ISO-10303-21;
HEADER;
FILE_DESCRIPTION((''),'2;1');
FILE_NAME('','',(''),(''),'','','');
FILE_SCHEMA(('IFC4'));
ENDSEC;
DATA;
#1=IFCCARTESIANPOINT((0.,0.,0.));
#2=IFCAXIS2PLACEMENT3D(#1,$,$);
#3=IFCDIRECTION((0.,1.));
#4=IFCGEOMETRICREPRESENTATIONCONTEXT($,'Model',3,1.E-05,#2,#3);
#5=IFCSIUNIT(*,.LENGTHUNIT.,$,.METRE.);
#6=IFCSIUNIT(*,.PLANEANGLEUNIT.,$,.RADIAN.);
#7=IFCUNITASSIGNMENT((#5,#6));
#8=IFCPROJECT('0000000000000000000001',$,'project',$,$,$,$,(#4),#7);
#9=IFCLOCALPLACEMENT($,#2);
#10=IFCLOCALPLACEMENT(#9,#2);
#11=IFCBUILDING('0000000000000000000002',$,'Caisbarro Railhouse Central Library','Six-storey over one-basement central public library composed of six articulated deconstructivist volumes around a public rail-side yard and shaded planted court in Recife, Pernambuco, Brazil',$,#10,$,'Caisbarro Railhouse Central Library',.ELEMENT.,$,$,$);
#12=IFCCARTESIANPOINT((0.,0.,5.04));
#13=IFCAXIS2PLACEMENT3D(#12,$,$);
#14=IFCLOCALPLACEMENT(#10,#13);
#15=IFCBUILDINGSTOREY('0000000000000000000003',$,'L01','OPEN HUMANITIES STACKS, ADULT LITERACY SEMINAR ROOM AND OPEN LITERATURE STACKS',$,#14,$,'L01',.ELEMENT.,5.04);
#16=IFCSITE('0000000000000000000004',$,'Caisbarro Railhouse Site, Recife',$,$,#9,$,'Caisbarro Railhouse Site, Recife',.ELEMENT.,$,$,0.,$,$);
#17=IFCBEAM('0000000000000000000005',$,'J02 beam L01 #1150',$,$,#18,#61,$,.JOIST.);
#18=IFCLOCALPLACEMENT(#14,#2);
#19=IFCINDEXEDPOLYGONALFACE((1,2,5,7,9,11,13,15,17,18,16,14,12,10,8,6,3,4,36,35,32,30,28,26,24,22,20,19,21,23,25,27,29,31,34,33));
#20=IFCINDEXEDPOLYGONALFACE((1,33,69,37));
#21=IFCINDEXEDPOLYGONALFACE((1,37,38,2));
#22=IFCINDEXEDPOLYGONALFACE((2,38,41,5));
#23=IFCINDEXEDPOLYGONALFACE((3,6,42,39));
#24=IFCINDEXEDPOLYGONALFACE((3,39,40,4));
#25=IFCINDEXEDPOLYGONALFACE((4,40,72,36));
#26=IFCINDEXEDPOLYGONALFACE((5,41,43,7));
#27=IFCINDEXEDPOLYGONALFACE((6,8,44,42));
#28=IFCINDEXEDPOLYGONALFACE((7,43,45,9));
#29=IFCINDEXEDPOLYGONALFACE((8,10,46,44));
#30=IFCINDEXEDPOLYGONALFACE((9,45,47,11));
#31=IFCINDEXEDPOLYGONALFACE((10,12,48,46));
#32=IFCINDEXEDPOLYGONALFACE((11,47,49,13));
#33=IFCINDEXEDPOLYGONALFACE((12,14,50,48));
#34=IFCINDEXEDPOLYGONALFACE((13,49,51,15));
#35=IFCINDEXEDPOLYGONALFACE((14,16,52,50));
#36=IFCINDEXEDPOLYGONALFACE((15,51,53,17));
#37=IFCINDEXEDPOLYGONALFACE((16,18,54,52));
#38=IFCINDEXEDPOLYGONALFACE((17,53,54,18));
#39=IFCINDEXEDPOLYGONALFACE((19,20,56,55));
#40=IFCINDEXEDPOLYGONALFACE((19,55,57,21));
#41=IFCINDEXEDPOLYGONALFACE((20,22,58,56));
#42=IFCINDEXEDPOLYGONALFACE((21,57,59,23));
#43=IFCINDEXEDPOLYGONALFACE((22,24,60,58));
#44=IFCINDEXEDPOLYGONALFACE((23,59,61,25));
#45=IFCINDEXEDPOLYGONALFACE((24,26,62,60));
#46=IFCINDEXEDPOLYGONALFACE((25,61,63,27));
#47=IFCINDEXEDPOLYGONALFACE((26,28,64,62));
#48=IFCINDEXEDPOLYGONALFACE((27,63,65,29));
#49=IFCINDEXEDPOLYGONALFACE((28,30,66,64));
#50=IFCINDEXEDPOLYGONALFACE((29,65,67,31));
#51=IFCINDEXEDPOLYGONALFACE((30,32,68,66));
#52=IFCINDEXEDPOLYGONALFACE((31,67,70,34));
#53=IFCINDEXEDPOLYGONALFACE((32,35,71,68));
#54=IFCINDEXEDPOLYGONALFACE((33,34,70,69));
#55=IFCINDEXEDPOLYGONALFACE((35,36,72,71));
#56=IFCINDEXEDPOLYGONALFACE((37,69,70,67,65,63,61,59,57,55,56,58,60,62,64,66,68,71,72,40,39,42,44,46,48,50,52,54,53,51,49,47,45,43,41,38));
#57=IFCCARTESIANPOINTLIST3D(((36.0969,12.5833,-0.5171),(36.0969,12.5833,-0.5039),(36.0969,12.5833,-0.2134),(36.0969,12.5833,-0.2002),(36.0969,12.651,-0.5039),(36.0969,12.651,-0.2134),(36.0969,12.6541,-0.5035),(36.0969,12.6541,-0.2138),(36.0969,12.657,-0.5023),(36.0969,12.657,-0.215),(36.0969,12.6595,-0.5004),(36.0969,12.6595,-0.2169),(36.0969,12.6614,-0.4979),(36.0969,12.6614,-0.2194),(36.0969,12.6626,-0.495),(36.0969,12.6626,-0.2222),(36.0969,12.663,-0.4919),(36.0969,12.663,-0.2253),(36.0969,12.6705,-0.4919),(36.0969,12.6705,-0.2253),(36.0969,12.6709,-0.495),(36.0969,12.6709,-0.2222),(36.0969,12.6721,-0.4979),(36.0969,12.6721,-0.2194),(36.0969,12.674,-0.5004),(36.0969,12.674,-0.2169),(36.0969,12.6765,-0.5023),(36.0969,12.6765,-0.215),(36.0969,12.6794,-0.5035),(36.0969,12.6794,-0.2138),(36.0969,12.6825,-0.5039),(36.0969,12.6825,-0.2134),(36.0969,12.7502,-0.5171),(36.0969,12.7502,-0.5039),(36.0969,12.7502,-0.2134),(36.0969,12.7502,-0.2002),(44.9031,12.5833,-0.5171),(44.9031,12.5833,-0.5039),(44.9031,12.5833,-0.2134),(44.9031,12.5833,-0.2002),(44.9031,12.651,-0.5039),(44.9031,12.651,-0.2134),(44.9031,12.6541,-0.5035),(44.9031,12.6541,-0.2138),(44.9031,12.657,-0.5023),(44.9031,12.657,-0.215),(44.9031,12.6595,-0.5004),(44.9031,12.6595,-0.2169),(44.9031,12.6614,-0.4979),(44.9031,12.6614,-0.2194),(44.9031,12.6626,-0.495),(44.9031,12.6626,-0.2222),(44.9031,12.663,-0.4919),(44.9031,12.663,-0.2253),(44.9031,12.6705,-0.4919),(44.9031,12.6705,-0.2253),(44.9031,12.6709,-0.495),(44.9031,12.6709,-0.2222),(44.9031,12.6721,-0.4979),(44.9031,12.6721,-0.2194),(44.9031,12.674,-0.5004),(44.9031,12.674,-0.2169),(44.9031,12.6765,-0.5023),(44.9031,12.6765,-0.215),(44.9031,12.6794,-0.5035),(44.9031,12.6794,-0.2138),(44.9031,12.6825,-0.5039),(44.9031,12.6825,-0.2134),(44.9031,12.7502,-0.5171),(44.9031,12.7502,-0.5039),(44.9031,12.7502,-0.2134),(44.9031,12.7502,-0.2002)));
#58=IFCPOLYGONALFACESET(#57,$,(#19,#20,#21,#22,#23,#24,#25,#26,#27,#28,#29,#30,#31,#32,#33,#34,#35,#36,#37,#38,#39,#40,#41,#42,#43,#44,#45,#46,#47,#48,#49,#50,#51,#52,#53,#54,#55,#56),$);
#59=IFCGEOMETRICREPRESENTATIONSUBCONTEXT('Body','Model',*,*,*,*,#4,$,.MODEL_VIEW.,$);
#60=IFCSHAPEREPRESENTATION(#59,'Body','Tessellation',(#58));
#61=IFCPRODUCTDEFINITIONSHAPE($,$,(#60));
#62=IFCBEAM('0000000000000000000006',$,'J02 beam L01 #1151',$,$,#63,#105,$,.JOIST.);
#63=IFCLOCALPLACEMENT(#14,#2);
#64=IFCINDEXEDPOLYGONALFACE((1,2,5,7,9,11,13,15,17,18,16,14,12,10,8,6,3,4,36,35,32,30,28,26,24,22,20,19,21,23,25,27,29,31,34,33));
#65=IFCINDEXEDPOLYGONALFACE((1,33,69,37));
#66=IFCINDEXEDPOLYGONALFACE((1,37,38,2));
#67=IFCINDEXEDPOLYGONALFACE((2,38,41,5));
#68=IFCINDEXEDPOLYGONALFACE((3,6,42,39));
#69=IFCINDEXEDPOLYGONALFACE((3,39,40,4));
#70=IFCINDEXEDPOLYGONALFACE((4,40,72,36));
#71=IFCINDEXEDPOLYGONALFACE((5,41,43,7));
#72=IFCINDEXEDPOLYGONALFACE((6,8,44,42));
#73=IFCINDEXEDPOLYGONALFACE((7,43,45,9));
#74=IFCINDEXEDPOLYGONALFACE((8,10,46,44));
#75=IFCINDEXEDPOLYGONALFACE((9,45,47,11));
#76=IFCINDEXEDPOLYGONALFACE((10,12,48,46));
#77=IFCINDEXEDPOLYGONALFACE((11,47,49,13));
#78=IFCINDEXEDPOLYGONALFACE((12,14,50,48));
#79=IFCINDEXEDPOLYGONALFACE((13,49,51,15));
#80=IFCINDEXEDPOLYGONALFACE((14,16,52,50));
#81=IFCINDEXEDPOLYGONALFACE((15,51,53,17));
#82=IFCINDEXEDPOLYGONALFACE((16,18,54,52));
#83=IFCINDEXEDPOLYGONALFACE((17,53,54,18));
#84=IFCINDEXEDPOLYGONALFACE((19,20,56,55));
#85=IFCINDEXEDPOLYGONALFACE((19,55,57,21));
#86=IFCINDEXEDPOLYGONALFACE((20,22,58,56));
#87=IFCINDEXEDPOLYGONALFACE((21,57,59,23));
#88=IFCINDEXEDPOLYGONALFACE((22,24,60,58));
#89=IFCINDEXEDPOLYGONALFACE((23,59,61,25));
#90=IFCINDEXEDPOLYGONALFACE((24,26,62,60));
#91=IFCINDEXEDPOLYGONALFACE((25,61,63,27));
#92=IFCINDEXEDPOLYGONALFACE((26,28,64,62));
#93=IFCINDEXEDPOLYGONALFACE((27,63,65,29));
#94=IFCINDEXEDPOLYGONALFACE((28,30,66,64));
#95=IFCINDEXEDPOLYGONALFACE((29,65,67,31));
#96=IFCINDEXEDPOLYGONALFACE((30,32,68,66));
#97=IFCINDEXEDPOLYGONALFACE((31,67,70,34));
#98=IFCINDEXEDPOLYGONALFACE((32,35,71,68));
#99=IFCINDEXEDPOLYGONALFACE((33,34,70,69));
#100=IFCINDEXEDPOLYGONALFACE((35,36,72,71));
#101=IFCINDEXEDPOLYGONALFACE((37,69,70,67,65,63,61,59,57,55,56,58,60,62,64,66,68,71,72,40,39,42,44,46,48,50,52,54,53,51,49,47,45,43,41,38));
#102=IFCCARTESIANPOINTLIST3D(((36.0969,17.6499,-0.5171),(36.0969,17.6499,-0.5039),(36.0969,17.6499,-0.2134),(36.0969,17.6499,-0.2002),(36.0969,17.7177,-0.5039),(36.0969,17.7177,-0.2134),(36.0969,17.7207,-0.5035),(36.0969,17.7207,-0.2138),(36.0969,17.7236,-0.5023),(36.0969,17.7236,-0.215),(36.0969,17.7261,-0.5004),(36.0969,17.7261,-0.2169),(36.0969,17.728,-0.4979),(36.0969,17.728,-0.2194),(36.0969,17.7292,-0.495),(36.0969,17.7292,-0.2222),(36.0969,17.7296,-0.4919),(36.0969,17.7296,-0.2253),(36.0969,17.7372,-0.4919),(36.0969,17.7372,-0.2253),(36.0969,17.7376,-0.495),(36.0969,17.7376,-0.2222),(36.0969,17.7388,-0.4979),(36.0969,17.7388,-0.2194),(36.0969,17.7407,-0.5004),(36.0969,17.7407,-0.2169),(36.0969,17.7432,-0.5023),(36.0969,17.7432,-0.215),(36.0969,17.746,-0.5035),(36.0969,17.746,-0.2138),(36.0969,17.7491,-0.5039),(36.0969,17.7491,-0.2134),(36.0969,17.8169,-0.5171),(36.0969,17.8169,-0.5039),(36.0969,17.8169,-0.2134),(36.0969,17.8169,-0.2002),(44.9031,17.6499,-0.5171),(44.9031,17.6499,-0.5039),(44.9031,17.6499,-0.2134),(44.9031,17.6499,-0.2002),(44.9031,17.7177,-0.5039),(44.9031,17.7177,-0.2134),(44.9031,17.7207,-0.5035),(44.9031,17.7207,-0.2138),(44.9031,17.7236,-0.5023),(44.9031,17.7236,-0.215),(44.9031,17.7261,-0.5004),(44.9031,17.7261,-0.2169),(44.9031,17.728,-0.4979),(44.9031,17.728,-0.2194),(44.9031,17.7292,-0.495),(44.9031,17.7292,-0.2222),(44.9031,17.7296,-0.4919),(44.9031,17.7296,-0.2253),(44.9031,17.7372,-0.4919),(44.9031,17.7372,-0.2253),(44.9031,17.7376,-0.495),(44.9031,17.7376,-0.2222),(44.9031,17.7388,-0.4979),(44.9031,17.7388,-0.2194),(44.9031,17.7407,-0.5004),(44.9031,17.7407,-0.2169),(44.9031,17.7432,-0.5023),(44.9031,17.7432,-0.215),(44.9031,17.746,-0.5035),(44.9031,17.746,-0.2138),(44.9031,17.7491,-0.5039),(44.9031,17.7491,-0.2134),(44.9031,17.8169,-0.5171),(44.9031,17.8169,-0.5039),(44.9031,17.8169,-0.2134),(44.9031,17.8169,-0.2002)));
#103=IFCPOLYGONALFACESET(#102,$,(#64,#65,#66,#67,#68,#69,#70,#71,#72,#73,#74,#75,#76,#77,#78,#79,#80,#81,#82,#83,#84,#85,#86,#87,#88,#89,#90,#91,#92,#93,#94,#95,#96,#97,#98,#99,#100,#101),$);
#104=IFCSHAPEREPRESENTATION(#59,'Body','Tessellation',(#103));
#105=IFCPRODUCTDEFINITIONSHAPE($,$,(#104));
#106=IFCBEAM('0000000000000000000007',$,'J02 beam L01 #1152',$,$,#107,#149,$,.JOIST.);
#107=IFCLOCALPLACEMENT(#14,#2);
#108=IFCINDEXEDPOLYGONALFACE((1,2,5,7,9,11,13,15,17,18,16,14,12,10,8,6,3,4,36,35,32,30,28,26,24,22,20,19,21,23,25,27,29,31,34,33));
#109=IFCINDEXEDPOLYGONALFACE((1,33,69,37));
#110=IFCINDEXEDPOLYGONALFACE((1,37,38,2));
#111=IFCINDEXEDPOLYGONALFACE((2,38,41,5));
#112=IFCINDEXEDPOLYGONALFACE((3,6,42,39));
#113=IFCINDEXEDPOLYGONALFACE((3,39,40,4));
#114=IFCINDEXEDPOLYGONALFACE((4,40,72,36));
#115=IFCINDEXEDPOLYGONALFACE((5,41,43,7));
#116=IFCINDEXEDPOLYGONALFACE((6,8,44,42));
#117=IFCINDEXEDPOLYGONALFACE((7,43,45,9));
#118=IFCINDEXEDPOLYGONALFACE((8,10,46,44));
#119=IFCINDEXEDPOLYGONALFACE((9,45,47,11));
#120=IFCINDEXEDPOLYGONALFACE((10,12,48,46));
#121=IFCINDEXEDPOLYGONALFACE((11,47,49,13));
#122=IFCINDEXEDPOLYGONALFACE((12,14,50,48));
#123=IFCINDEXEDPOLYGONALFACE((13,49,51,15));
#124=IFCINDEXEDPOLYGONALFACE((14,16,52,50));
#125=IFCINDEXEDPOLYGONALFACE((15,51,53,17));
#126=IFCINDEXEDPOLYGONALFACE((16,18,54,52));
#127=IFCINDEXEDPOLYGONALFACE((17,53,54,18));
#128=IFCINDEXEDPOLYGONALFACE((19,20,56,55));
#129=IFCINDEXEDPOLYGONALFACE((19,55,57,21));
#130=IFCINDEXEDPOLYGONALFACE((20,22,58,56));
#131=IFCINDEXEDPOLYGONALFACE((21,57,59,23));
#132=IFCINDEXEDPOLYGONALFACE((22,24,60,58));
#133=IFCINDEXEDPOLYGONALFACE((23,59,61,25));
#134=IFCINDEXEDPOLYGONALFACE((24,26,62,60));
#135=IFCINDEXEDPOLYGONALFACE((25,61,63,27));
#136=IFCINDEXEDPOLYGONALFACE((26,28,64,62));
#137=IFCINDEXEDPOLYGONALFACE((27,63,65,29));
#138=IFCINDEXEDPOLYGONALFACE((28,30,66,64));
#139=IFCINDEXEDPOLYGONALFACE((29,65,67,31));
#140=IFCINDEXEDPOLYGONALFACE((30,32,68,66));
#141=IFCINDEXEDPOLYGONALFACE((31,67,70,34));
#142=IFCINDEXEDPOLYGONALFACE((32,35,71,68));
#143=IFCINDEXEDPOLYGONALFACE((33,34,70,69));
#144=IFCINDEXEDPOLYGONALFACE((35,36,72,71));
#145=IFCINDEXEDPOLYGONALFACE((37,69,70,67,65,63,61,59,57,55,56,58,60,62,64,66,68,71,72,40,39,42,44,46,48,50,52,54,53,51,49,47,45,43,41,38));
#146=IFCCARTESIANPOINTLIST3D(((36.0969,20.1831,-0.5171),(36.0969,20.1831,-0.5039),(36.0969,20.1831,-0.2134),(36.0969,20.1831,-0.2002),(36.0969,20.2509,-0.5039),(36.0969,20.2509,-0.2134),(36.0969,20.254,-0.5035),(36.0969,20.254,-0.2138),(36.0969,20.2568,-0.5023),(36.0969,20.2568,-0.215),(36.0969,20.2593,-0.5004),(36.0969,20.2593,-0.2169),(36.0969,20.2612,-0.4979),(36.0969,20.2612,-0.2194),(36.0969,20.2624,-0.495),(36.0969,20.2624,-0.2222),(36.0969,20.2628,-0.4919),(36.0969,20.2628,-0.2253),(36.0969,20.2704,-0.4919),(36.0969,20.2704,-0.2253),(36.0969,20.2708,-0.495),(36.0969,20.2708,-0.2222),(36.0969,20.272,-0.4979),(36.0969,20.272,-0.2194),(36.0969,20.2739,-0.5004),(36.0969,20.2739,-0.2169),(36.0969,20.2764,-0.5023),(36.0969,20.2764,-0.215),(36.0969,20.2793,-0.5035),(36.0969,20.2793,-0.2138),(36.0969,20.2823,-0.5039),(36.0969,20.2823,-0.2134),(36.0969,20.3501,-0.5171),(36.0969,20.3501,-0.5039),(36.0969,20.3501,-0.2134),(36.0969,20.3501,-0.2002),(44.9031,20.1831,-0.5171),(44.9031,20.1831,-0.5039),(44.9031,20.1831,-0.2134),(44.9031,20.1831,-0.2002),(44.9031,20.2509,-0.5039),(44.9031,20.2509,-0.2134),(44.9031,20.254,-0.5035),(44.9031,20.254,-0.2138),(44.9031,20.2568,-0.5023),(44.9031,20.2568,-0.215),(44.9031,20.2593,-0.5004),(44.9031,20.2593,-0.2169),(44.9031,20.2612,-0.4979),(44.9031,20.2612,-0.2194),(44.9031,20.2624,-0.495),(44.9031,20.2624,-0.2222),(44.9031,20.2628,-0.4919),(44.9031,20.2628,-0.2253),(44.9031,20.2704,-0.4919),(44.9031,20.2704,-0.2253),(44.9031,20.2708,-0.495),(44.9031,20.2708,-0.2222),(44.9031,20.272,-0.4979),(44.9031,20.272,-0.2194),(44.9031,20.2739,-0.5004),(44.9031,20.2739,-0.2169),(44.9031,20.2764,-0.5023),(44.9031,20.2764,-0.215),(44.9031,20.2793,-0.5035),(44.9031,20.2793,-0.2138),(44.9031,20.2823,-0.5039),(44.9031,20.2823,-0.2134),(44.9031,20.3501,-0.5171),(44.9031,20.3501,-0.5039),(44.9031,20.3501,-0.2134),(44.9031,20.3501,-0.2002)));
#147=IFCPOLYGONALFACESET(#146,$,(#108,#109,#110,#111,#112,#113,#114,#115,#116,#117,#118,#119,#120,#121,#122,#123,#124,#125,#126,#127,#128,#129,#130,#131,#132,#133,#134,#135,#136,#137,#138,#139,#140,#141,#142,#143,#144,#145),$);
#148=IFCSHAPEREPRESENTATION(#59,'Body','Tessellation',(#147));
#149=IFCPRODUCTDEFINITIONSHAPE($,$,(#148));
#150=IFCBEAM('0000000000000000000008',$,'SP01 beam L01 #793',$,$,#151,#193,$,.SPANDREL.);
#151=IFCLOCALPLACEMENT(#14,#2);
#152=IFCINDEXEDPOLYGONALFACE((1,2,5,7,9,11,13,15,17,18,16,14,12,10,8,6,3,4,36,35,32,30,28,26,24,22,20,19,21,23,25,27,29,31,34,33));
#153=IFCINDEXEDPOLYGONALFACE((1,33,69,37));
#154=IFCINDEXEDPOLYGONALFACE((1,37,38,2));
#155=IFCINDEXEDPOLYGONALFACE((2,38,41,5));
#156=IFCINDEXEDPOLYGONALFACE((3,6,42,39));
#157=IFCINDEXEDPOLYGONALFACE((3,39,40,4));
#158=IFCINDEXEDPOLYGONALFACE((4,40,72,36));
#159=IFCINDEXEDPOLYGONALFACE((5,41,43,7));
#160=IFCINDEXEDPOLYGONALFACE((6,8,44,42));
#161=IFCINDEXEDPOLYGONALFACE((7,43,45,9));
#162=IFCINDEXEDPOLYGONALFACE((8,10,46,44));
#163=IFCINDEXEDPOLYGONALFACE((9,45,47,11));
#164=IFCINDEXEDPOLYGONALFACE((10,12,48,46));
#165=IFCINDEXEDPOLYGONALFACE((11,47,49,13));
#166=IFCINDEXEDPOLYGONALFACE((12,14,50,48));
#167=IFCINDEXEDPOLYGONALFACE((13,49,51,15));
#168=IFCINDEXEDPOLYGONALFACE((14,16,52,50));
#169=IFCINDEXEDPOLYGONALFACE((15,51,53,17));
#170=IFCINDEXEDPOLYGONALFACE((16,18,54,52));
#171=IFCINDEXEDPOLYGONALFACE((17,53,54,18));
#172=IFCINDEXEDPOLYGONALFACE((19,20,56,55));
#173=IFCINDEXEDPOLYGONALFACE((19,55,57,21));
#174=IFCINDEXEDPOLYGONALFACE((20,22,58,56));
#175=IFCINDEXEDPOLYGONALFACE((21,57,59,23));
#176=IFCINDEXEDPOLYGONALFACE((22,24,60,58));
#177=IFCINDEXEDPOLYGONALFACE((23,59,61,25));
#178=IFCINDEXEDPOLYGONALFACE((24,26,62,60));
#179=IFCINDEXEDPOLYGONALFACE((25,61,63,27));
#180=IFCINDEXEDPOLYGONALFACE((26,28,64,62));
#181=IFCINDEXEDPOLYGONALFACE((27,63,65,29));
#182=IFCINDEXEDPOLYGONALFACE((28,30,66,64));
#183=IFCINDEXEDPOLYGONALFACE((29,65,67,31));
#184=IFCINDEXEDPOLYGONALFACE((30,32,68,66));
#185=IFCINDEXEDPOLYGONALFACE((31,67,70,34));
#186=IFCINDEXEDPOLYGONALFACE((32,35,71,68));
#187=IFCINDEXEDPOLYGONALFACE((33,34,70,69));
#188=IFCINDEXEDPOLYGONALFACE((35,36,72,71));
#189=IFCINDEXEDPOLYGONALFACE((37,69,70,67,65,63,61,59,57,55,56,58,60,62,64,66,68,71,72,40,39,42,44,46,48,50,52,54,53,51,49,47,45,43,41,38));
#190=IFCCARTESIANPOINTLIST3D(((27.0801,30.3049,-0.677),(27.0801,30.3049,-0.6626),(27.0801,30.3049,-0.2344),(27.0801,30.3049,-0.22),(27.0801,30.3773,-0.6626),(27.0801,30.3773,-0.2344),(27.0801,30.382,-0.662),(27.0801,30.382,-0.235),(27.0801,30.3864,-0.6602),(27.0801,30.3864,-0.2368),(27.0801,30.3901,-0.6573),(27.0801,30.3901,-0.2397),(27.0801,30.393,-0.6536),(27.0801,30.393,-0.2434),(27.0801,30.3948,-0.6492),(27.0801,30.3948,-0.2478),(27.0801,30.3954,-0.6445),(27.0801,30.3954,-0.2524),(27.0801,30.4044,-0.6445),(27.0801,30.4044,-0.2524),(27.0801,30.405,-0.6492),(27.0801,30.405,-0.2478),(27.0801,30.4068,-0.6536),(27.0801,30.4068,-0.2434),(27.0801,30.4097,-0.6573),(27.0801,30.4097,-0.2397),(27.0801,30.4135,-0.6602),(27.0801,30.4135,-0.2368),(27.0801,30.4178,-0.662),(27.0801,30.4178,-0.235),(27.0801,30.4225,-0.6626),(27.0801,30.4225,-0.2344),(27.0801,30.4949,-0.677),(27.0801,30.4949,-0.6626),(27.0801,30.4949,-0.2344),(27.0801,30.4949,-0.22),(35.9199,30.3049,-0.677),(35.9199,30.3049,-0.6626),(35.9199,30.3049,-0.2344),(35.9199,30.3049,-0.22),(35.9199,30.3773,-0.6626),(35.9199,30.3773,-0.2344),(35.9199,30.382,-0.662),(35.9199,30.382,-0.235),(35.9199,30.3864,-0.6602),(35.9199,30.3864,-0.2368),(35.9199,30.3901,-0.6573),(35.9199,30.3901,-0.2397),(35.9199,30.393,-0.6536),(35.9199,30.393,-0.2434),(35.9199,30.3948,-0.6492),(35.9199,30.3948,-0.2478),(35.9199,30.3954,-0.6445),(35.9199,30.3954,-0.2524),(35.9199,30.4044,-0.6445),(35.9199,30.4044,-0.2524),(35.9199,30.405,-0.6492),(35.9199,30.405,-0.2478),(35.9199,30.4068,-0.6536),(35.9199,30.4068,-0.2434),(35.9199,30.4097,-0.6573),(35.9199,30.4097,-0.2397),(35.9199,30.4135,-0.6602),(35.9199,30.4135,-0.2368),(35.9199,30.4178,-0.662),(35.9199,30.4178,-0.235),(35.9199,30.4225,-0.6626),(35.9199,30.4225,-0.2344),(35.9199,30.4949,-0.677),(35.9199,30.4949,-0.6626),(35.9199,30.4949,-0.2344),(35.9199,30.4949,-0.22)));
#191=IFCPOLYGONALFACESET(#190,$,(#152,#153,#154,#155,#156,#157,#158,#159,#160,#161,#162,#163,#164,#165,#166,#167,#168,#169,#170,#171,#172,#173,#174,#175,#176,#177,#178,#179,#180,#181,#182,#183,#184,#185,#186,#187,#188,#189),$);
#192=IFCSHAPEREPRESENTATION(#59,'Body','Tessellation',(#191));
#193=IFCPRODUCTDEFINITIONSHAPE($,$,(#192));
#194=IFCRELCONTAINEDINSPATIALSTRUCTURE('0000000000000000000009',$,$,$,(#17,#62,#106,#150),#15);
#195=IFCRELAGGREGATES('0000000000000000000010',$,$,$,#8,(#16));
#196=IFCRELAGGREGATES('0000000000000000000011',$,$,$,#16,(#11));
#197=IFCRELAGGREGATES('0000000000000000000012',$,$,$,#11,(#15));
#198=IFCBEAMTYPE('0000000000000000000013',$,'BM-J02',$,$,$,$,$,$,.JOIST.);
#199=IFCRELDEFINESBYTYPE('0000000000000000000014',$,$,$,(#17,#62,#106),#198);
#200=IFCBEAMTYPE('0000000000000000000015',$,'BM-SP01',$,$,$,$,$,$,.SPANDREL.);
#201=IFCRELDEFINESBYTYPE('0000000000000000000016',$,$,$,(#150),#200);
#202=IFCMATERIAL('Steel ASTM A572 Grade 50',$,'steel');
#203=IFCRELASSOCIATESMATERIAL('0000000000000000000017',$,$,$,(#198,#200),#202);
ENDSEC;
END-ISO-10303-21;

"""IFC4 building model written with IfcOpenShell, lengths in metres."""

from ifc_helpers import new_model, si_unit, direction, frame, origin, origin_2d, place, context, subcontext, project, spatial, i_section, extrude, material, material_profile, profile_set, type_object, element, save


model = new_model("IFC4")

# Units and contexts
model_context = context("Model", 3, precision=1e-05, world=origin(), true_north=direction((0.0, 1.0)))
body_context = subcontext(model_context, "Body", "Model", "MODEL_VIEW")
ifc_project = project(units=[si_unit("LENGTHUNIT", "METRE"), si_unit("PLANEANGLEUNIT", "RADIAN")], contexts=[model_context])

# Site, building, storey
site_placement = place(None, origin())
site = spatial("IfcSite", under=ifc_project, at=site_placement, Name="Caisbarro Railhouse Site, Recife", LongName="Caisbarro Railhouse Site, Recife", CompositionType="ELEMENT", RefElevation=0.0)
building_placement = place(site_placement, origin())
building = spatial("IfcBuilding", under=site, at=building_placement, Name="Caisbarro Railhouse Central Library", Description="Six-storey over one-basement central public library composed of six articulated deconstructivist volumes around a public rail-side yard and shaded planted court in Recife, Pernambuco, Brazil", LongName="Caisbarro Railhouse Central Library", CompositionType="ELEMENT")
storey_placement = place(building_placement, frame((0.0, 0.0, 5.04)))
storey = spatial("IfcBuildingStorey", under=building, at=storey_placement, Name="L01", Description="OPEN HUMANITIES STACKS, ADULT LITERACY SEMINAR ROOM AND OPEN LITERATURE STACKS", LongName="L01", CompositionType="ELEMENT", Elevation=5.04)

# Shared definitions
ifc_material_1 = material(Name="Steel ASTM A572 Grade 50", Category="steel")

# Beams
ifc_material_profile_1 = material_profile(ifc_material_1, i_section(OverallWidth=0.167, OverallDepth=0.3169, WebThickness=0.0076, FlangeThickness=0.0132, FilletRadius=0.012, at=origin_2d()), Name="W310X52.0")
ifc_profile_set_1 = profile_set([ifc_material_profile_1], Name="Steel ASTM A572 Grade 50")
beam_type_1 = type_object("IfcBeamType", Name="BM-J02", PredefinedType="JOIST", material=ifc_profile_set_1)
for number, where, z_axis, x_axis, name in (
    (1, (36.0969, 12.6667, -0.3586), (1.0, 0.0, 0.0), (0.0, 1.0, 0.0), "J02 beam L01 #1150"),
    (2, (36.0969, 17.7334, -0.3586), (1.0, 0.0, 0.0), (0.0, 1.0, 0.0), "J02 beam L01 #1151"),
    (3, (36.0969, 20.2666, -0.3586), (1.0, 0.0, 0.0), (0.0, 1.0, 0.0), "J02 beam L01 #1152"),
):
    element("IfcBeam", number, at=place(storey_placement, frame(where, z_axis=z_axis, x_axis=x_axis)), inside=storey, type_object=beam_type_1, Name=name, PredefinedType="JOIST", context=body_context, shape_type="SweptSolid", body=[
        extrude(i_section(OverallWidth=0.167, OverallDepth=0.3169, WebThickness=0.0076, FlangeThickness=0.0132, FilletRadius=0.012, at=origin_2d()), origin(), (0.0, 0.0, 1.0), 8.8062),
    ])
ifc_material_profile_2 = material_profile(ifc_material_1, i_section(OverallWidth=0.1899, OverallDepth=0.457, WebThickness=0.009, FlangeThickness=0.0144, FilletRadius=0.0181, at=origin_2d()), Name="W460X74.0")
ifc_profile_set_2 = profile_set([ifc_material_profile_2], Name="Steel ASTM A572 Grade 50")
beam_type_2 = type_object("IfcBeamType", Name="BM-SP01", PredefinedType="SPANDREL", material=ifc_profile_set_2)
for number, where, z_axis, x_axis, name in (
    (4, (27.0801, 30.3999, -0.4485), (1.0, 0.0, 0.0), (0.0, 1.0, 0.0), "SP01 beam L01 #793"),
):
    element("IfcBeam", number, at=place(storey_placement, frame(where, z_axis=z_axis, x_axis=x_axis)), inside=storey, type_object=beam_type_2, Name=name, PredefinedType="SPANDREL", context=body_context, shape_type="SweptSolid", body=[
        extrude(i_section(OverallWidth=0.1899, OverallDepth=0.457, WebThickness=0.009, FlangeThickness=0.0144, FilletRadius=0.0181, at=origin_2d()), origin(), (0.0, 0.0, 1.0), 8.8398),
    ])

save(model, "model.ifc")
